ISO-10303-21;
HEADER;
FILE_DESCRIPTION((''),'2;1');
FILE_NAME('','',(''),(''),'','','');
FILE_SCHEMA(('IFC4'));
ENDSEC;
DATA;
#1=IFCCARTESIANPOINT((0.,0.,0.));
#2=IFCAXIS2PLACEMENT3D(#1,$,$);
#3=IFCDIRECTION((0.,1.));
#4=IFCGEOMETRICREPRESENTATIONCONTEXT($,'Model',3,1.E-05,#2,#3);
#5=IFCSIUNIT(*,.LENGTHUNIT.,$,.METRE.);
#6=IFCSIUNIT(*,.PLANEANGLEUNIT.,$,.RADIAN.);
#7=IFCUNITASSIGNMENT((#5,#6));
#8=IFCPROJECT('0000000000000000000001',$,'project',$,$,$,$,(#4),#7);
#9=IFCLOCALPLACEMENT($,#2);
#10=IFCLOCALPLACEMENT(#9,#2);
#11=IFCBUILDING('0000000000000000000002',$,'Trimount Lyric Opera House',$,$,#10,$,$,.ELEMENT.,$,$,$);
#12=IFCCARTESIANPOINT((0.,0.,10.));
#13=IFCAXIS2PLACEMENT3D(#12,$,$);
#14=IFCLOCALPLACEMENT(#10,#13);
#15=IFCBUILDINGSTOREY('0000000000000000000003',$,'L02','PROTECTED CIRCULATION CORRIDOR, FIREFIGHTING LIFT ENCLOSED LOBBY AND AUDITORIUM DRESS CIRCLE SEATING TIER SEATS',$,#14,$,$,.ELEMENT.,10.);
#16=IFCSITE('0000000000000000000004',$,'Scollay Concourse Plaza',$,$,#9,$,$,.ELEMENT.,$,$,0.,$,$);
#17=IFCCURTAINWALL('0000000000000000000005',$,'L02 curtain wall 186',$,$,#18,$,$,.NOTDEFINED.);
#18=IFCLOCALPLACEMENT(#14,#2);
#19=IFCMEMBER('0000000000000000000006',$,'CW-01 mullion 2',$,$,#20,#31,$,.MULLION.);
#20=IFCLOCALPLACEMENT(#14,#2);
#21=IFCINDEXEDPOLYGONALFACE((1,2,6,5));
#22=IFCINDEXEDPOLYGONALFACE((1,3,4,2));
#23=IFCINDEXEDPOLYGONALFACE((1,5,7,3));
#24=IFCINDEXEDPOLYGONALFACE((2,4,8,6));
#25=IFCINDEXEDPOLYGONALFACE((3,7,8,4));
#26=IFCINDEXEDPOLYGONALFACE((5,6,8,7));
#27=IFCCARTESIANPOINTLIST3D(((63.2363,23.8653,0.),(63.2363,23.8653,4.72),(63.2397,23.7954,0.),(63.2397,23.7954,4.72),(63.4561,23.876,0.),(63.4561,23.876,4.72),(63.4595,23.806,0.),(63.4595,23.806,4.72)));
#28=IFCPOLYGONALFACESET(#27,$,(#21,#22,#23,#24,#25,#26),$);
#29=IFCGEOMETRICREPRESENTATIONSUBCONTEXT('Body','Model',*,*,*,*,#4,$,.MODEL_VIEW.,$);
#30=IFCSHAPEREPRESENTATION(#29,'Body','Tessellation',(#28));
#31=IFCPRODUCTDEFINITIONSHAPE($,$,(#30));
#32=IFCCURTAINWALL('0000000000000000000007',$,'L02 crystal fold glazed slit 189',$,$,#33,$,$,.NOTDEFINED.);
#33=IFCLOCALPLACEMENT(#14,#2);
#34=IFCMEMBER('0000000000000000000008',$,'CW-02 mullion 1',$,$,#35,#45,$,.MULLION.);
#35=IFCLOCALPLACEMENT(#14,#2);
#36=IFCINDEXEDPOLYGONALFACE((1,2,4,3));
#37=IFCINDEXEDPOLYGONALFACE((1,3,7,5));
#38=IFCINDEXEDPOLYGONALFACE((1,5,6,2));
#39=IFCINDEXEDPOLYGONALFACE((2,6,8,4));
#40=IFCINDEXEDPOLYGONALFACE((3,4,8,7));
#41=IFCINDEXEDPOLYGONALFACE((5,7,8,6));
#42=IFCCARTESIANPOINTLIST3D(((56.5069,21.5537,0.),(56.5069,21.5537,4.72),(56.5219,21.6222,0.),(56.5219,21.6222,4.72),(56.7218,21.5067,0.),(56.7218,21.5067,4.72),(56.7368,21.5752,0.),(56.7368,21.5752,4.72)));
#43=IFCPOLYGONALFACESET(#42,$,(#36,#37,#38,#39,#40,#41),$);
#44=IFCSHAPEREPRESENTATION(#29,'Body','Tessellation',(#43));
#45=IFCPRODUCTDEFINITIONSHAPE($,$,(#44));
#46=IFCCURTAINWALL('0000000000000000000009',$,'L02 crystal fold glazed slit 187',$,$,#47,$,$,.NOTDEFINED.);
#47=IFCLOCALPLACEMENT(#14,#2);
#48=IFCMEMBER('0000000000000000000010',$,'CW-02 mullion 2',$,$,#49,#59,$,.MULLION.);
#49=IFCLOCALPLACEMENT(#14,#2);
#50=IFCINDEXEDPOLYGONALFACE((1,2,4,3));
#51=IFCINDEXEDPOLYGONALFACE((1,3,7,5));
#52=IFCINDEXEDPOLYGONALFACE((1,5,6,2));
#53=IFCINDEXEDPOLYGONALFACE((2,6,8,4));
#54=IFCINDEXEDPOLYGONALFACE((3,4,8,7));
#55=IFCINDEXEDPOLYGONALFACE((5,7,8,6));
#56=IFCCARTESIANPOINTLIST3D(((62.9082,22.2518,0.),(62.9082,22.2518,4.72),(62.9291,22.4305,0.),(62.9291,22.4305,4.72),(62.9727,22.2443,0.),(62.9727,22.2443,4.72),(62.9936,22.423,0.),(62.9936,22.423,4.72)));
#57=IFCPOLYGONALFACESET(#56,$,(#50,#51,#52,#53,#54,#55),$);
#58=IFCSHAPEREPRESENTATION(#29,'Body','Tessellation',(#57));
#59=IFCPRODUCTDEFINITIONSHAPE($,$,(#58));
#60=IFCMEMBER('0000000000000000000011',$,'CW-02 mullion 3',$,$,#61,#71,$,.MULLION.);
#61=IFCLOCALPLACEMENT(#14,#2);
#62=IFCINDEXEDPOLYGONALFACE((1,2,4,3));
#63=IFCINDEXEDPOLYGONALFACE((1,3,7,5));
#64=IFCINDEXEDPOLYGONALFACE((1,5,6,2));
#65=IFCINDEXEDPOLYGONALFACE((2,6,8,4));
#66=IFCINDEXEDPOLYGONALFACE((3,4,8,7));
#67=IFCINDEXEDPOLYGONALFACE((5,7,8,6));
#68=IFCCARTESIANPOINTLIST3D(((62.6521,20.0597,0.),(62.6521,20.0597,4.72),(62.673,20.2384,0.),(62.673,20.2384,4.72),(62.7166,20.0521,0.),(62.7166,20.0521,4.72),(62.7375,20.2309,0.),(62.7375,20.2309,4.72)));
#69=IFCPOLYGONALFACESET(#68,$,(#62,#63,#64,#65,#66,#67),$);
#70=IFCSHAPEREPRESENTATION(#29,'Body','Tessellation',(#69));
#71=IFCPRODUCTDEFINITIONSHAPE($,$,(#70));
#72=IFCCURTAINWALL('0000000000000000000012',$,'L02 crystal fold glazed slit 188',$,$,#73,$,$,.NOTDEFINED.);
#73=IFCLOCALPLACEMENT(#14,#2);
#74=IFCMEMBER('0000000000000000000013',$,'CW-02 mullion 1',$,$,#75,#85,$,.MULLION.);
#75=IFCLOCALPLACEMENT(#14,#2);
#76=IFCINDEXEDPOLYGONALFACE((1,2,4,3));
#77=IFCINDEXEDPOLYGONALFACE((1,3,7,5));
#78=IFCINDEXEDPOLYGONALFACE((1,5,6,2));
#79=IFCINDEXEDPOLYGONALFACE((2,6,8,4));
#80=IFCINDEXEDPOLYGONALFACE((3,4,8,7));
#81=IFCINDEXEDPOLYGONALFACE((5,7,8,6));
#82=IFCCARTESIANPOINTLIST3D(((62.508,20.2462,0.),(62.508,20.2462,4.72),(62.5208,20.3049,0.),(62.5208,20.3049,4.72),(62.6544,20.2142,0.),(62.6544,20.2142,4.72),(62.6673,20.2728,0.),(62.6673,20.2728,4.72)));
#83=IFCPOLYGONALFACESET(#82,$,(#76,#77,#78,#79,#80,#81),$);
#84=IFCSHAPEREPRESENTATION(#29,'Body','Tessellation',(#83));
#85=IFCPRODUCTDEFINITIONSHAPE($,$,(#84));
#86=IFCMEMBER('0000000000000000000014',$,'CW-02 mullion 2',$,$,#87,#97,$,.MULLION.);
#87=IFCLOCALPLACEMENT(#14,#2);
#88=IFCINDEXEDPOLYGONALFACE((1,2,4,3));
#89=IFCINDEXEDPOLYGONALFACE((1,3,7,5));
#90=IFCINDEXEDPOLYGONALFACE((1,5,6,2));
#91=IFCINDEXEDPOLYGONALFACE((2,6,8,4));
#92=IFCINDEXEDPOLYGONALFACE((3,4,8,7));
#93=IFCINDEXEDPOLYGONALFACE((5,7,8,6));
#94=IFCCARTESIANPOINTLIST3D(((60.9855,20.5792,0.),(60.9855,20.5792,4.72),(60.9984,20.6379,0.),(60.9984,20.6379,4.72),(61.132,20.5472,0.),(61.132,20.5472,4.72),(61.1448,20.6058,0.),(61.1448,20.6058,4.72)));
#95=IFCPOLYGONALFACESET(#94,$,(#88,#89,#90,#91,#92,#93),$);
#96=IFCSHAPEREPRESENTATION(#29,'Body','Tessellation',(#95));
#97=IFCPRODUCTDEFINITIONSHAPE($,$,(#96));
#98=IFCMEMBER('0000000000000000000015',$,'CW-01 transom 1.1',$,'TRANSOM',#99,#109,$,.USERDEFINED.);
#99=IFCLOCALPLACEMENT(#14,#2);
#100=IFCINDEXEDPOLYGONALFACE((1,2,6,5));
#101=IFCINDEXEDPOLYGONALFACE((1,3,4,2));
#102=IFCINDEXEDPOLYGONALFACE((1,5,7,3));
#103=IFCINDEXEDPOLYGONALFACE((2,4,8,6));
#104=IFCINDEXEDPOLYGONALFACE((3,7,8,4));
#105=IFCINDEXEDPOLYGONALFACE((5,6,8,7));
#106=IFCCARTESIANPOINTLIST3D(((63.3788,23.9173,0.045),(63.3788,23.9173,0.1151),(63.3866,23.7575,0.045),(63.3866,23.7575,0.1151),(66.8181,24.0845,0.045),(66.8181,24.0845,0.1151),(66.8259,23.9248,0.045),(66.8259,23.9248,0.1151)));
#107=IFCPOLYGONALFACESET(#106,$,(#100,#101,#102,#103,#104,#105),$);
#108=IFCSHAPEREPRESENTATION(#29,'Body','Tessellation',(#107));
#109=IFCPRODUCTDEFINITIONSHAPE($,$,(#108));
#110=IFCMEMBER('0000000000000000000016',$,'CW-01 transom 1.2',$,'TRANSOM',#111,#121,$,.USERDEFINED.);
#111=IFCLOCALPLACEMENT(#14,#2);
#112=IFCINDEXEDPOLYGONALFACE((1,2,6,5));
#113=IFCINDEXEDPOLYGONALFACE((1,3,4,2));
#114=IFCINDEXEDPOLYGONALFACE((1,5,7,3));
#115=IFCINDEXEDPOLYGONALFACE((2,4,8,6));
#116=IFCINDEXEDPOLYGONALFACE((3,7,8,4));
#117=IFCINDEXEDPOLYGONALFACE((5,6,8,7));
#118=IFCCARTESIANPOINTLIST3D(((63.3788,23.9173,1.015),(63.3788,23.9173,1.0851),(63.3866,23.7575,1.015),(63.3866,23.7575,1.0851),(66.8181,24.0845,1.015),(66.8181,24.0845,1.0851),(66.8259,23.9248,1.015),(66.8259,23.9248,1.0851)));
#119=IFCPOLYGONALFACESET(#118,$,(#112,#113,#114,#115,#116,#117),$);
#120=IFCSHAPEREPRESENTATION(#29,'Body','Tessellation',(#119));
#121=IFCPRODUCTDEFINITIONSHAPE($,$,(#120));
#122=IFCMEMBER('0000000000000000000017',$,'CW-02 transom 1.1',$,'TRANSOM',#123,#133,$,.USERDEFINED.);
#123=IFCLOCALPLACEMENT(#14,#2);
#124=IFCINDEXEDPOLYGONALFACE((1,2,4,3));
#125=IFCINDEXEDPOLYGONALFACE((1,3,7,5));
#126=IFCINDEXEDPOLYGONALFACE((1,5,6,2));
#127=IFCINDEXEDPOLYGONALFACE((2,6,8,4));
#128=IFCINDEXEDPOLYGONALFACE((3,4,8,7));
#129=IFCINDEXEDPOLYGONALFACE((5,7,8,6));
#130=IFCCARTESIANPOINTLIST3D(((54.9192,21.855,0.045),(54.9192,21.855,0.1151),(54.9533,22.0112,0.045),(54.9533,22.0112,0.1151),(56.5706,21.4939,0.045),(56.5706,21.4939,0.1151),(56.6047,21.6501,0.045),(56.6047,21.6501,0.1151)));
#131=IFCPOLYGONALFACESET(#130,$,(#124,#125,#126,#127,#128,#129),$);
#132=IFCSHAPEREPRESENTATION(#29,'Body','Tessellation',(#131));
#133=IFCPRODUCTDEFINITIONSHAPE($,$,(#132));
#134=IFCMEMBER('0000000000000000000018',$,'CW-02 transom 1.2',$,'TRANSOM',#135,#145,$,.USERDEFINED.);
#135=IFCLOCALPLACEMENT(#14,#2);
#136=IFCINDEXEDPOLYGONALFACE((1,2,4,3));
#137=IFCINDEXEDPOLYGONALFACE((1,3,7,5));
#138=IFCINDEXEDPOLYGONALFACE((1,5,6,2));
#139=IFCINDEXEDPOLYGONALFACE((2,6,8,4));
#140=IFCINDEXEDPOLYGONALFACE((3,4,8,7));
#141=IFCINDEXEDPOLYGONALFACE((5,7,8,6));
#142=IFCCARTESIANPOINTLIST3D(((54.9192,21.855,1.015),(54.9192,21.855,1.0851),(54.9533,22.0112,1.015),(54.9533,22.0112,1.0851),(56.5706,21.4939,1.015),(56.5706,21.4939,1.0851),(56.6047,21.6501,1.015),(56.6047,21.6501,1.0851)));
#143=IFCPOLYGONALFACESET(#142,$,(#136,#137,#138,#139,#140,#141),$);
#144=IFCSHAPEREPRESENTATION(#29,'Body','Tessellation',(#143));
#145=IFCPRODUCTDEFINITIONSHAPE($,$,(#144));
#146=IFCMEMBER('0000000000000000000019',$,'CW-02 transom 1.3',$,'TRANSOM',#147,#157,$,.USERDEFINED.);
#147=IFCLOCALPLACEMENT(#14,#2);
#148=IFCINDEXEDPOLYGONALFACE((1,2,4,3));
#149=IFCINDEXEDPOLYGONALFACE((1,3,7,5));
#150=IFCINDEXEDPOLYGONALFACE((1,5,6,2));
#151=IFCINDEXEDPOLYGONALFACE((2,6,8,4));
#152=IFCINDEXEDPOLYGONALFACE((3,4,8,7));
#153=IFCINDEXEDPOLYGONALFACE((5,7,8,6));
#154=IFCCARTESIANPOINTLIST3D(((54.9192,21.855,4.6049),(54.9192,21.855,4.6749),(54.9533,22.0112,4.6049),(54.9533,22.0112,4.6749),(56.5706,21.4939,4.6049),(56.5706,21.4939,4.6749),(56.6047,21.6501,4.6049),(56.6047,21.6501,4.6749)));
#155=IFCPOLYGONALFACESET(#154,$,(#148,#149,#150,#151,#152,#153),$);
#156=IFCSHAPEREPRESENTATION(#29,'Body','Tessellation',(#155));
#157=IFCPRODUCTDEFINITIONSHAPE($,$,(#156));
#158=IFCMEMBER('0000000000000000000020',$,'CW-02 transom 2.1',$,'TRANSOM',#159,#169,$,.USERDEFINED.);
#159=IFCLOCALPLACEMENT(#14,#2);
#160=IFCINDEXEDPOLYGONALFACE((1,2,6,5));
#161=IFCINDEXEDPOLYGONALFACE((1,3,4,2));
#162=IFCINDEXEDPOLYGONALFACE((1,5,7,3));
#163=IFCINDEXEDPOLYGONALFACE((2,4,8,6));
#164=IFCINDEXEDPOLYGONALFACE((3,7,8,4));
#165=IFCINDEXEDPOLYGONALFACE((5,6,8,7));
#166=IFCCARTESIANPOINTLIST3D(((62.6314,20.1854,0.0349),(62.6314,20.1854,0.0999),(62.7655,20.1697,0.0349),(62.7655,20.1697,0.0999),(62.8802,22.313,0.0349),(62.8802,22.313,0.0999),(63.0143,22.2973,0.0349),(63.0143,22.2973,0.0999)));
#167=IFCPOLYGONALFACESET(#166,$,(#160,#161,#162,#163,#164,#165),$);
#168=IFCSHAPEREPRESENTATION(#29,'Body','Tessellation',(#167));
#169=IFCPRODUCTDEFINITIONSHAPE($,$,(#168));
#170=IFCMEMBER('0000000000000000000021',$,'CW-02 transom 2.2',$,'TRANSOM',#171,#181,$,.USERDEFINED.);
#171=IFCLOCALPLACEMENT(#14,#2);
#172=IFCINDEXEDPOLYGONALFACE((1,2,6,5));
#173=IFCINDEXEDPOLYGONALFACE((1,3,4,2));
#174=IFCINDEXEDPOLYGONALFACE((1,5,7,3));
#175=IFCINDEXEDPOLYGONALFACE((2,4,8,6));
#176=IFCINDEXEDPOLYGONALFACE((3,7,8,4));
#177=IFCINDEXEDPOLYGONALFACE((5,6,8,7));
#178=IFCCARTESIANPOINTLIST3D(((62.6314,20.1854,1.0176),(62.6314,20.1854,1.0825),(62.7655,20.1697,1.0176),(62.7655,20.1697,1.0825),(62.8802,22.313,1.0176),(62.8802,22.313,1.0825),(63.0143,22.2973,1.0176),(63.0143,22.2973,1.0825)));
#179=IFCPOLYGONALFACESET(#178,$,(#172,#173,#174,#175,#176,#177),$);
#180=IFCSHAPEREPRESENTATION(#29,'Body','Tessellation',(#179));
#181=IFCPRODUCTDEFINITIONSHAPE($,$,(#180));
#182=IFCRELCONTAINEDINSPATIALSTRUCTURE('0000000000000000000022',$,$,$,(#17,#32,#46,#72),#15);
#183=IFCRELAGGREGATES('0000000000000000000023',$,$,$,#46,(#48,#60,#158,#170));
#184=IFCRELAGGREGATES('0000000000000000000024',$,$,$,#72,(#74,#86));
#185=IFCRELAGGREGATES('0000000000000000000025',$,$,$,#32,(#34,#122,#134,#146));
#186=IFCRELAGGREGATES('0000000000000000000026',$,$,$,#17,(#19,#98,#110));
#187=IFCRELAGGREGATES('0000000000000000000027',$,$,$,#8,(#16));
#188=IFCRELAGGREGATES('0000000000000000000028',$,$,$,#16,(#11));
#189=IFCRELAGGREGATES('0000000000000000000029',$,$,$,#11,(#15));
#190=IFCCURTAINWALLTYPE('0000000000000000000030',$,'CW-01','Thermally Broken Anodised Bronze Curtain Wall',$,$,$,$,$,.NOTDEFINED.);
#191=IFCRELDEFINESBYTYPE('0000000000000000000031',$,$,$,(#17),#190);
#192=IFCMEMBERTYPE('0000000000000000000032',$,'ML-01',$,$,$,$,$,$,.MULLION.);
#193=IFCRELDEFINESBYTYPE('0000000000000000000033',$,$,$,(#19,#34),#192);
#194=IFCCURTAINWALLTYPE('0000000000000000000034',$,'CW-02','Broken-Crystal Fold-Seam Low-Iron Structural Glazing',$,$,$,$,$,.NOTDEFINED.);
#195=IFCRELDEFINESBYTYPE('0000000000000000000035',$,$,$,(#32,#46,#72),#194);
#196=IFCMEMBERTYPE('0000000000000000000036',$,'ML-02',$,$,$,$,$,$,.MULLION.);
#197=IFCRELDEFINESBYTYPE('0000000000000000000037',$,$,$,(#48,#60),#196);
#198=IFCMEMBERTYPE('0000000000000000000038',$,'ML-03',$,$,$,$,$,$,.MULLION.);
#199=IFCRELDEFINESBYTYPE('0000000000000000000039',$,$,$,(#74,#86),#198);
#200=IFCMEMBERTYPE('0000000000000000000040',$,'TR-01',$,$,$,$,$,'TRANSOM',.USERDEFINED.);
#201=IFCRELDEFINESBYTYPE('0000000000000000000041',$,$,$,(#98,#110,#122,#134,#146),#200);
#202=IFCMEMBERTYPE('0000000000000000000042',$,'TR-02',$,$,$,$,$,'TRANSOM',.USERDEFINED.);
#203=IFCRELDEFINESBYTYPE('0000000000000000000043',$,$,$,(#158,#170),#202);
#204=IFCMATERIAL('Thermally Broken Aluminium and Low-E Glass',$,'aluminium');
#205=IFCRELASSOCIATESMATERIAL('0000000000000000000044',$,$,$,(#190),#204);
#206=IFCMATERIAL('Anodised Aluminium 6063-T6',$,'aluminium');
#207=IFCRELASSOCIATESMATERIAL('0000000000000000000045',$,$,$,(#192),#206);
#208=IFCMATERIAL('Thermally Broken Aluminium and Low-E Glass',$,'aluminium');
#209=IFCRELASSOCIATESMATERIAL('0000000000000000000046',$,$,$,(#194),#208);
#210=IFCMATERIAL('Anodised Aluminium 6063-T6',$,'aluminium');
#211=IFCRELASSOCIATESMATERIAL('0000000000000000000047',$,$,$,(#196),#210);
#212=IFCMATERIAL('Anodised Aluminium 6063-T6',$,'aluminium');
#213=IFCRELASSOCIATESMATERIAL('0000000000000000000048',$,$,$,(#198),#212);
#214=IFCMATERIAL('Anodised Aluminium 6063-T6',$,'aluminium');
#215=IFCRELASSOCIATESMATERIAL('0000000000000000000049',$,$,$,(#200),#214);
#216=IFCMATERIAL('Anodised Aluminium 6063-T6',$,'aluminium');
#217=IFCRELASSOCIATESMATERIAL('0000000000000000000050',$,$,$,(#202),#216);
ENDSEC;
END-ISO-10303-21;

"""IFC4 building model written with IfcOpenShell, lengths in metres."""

from ifc_helpers import new_model, si_unit, direction, frame, origin, origin_2d, place, context, subcontext, project, spatial, rectangle, extrude, material, material_profile, profile_set, type_object, element, aggregate, save


model = new_model("IFC4")

# Units and contexts
model_context = context("Model", 3, precision=1e-05, world=origin(), true_north=direction((0.0, 1.0)))
body_context = subcontext(model_context, "Body", "Model", "MODEL_VIEW")
ifc_project = project(units=[si_unit("LENGTHUNIT", "METRE"), si_unit("PLANEANGLEUNIT", "RADIAN")], contexts=[model_context])

# Site, building, storey
site_placement = place(None, origin())
site = spatial("IfcSite", under=ifc_project, at=site_placement, Name="Scollay Concourse Plaza", CompositionType="ELEMENT", RefElevation=0.0)
building_placement = place(site_placement, origin())
building = spatial("IfcBuilding", under=site, at=building_placement, Name="Trimount Lyric Opera House", CompositionType="ELEMENT")
storey_placement = place(building_placement, frame((0.0, 0.0, 10.0)))
storey = spatial("IfcBuildingStorey", under=building, at=storey_placement, Name="L02", Description="PROTECTED CIRCULATION CORRIDOR, FIREFIGHTING LIFT ENCLOSED LOBBY AND AUDITORIUM DRESS CIRCLE SEATING TIER SEATS", CompositionType="ELEMENT", Elevation=10.0)

# Curtain walls, members
ifc_material_1 = material(Name="Thermally Broken Aluminium and Low-E Glass", Category="aluminium")
curtain_wall_type_1 = type_object("IfcCurtainWallType", Name="CW-01", Description="Thermally Broken Anodised Bronze Curtain Wall", PredefinedType="NOTDEFINED", material=ifc_material_1)
curtain_wall_1_placement = place(storey_placement, origin())
curtain_wall_1 = element("IfcCurtainWall", 1, at=curtain_wall_1_placement, inside=storey, type_object=curtain_wall_type_1, Name="L02 curtain wall 186", PredefinedType="NOTDEFINED")
ifc_material_2 = material(Name="Anodised Aluminium 6063-T6", Category="aluminium")
ifc_material_profile_1 = material_profile(ifc_material_2, rectangle(XDim=0.0701, YDim=0.22, at=origin_2d()), Name="ALU-MULL-70X220")
ifc_profile_set_1 = profile_set([ifc_material_profile_1], Name="Anodised Aluminium 6063-T6")
member_type_1 = type_object("IfcMemberType", Name="ML-01", PredefinedType="MULLION", material=ifc_profile_set_1)
member_1_placement = place(storey_placement, frame((63.3479, 23.8357, 0.0), z_axis=(0.0, 0.0, 1.0), x_axis=(0.04856, -0.99882, 0.0)))
member_1 = element("IfcMember", 2, at=member_1_placement, type_object=member_type_1, Name="CW-01 mullion 2", PredefinedType="MULLION", context=body_context, shape_type="SweptSolid", body=[
    extrude(rectangle(XDim=0.0701, YDim=0.22, at=origin_2d()), origin(), (0.0, 0.0, 1.0), 4.72),
])
ifc_material_3 = material(Name="Thermally Broken Aluminium and Low-E Glass", Category="aluminium")
curtain_wall_type_2 = type_object("IfcCurtainWallType", Name="CW-02", Description="Broken-Crystal Fold-Seam Low-Iron Structural Glazing", PredefinedType="NOTDEFINED", material=ifc_material_3)
curtain_wall_2_placement = place(storey_placement, origin())
curtain_wall_2 = element("IfcCurtainWall", 3, at=curtain_wall_2_placement, inside=storey, type_object=curtain_wall_type_2, Name="L02 crystal fold glazed slit 189", PredefinedType="NOTDEFINED")
member_2_placement = place(storey_placement, frame((56.6218, 21.5645, 0.0), z_axis=(0.0, 0.0, 1.0), x_axis=(-0.213632, -0.976914, 0.0)))
member_2 = element("IfcMember", 4, at=member_2_placement, type_object=member_type_1, Name="CW-02 mullion 1", PredefinedType="MULLION", context=body_context, shape_type="SweptSolid", body=[
    extrude(rectangle(XDim=0.0701, YDim=0.22, at=origin_2d()), origin(), (0.0, 0.0, 1.0), 4.72),
])

# Curtain walls, members
curtain_wall_3_placement = place(storey_placement, origin())
curtain_wall_3 = element("IfcCurtainWall", 5, at=curtain_wall_3_placement, inside=storey, type_object=curtain_wall_type_2, Name="L02 crystal fold glazed slit 187", PredefinedType="NOTDEFINED")
ifc_material_4 = material(Name="Anodised Aluminium 6063-T6", Category="aluminium")
ifc_material_profile_2 = material_profile(ifc_material_4, rectangle(XDim=0.0649, YDim=0.1799, at=origin_2d()), Name="ALU-MULL-65X180")
ifc_profile_set_2 = profile_set([ifc_material_profile_2], Name="Anodised Aluminium 6063-T6")
member_type_2 = type_object("IfcMemberType", Name="ML-02", PredefinedType="MULLION", material=ifc_profile_set_2)
member_3_placement = place(storey_placement, frame((62.9509, 22.3374, 0.0), z_axis=(0.0, 0.0, 1.0), x_axis=(0.993239, -0.11609, 0.0)))
member_3 = element("IfcMember", 6, at=member_3_placement, type_object=member_type_2, Name="CW-02 mullion 2", PredefinedType="MULLION", context=body_context, shape_type="SweptSolid", body=[
    extrude(rectangle(XDim=0.0649, YDim=0.1799, at=origin_2d()), origin(), (0.0, 0.0, 1.0), 4.72),
])
member_4_placement = place(storey_placement, frame((62.6948, 20.1453, 0.0), z_axis=(0.0, 0.0, 1.0), x_axis=(0.993239, -0.11609, 0.0)))
member_4 = element("IfcMember", 7, at=member_4_placement, type_object=member_type_2, Name="CW-02 mullion 3", PredefinedType="MULLION", context=body_context, shape_type="SweptSolid", body=[
    extrude(rectangle(XDim=0.0649, YDim=0.1799, at=origin_2d()), origin(), (0.0, 0.0, 1.0), 4.72),
])
curtain_wall_4_placement = place(storey_placement, origin())
curtain_wall_4 = element("IfcCurtainWall", 8, at=curtain_wall_4_placement, inside=storey, type_object=curtain_wall_type_2, Name="L02 crystal fold glazed slit 188", PredefinedType="NOTDEFINED")
ifc_material_5 = material(Name="Anodised Aluminium 6063-T6", Category="aluminium")
ifc_material_profile_3 = material_profile(ifc_material_5, rectangle(XDim=0.0601, YDim=0.1499, at=origin_2d()), Name="ALU-MULL-60X150")
ifc_profile_set_3 = profile_set([ifc_material_profile_3], Name="Anodised Aluminium 6063-T6")
member_type_3 = type_object("IfcMemberType", Name="ML-03", PredefinedType="MULLION", material=ifc_profile_set_3)
member_5_placement = place(storey_placement, frame((62.5876, 20.2595, 0.0), z_axis=(0.0, 0.0, 1.0), x_axis=(-0.213789, -0.97688, 0.0)))
member_5 = element("IfcMember", 9, at=member_5_placement, type_object=member_type_3, Name="CW-02 mullion 1", PredefinedType="MULLION", context=body_context, shape_type="SweptSolid", body=[
    extrude(rectangle(XDim=0.0601, YDim=0.1499, at=origin_2d()), origin(), (0.0, 0.0, 1.0), 4.72),
])
member_6_placement = place(storey_placement, frame((61.0652, 20.5925, 0.0), z_axis=(0.0, 0.0, 1.0), x_axis=(-0.213789, -0.97688, 0.0)))
member_6 = element("IfcMember", 10, at=member_6_placement, type_object=member_type_3, Name="CW-02 mullion 2", PredefinedType="MULLION", context=body_context, shape_type="SweptSolid", body=[
    extrude(rectangle(XDim=0.0601, YDim=0.1499, at=origin_2d()), origin(), (0.0, 0.0, 1.0), 4.72),
])

# Members
ifc_material_6 = material(Name="Anodised Aluminium 6063-T6", Category="aluminium")
ifc_material_profile_4 = material_profile(ifc_material_6, rectangle(XDim=0.1599, YDim=0.0701, at=origin_2d()), Name="ALU-TRAN-70X160")
ifc_profile_set_4 = profile_set([ifc_material_profile_4], Name="Anodised Aluminium 6063-T6")
member_type_4 = type_object("IfcMemberType", Name="TR-01", ElementType="TRANSOM", PredefinedType="USERDEFINED", material=ifc_profile_set_4)
member_7_placement = place(storey_placement, frame((66.822, 24.0046, 0.0801), z_axis=(-0.99882, -0.048569, 0.0), x_axis=(0.048569, -0.99882, 0.0)))
member_7 = element("IfcMember", 11, at=member_7_placement, type_object=member_type_4, Name="CW-01 transom 1.1", ObjectType="TRANSOM", PredefinedType="USERDEFINED", context=body_context, shape_type="SweptSolid", body=[
    extrude(rectangle(XDim=0.1599, YDim=0.0701, at=origin_2d()), origin(), (0.0, 0.0, 1.0), 3.4434),
])
member_8_placement = place(storey_placement, frame((66.822, 24.0046, 1.05), z_axis=(-0.99882, -0.048569, 0.0), x_axis=(0.048569, -0.99882, 0.0)))
member_8 = element("IfcMember", 12, at=member_8_placement, type_object=member_type_4, Name="CW-01 transom 1.2", ObjectType="TRANSOM", PredefinedType="USERDEFINED", context=body_context, shape_type="SweptSolid", body=[
    extrude(rectangle(XDim=0.1599, YDim=0.0701, at=origin_2d()), origin(), (0.0, 0.0, 1.0), 3.4434),
])
member_9_placement = place(storey_placement, frame((56.5876, 21.572, 0.0801), z_axis=(-0.976919, 0.213611, 0.0), x_axis=(-0.213611, -0.976919, 0.0)))
member_9 = element("IfcMember", 13, at=member_9_placement, type_object=member_type_4, Name="CW-02 transom 1.1", ObjectType="TRANSOM", PredefinedType="USERDEFINED", context=body_context, shape_type="SweptSolid", body=[
    extrude(rectangle(XDim=0.1599, YDim=0.0701, at=origin_2d()), origin(), (0.0, 0.0, 1.0), 1.6904),
])
member_10_placement = place(storey_placement, frame((56.5876, 21.572, 1.05), z_axis=(-0.976919, 0.213611, 0.0), x_axis=(-0.213611, -0.976919, 0.0)))
member_10 = element("IfcMember", 14, at=member_10_placement, type_object=member_type_4, Name="CW-02 transom 1.2", ObjectType="TRANSOM", PredefinedType="USERDEFINED", context=body_context, shape_type="SweptSolid", body=[
    extrude(rectangle(XDim=0.1599, YDim=0.0701, at=origin_2d()), origin(), (0.0, 0.0, 1.0), 1.6904),
])
member_11_placement = place(storey_placement, frame((56.5876, 21.572, 4.6399), z_axis=(-0.976919, 0.213611, 0.0), x_axis=(-0.213611, -0.976919, 0.0)))
member_11 = element("IfcMember", 15, at=member_11_placement, type_object=member_type_4, Name="CW-02 transom 1.3", ObjectType="TRANSOM", PredefinedType="USERDEFINED", context=body_context, shape_type="SweptSolid", body=[
    extrude(rectangle(XDim=0.1599, YDim=0.0701, at=origin_2d()), origin(), (0.0, 0.0, 1.0), 1.6904),
])
ifc_material_7 = material(Name="Anodised Aluminium 6063-T6", Category="aluminium")
ifc_material_profile_5 = material_profile(ifc_material_7, rectangle(XDim=0.135, YDim=0.0649, at=origin_2d()), Name="ALU-TRAN-65X135")
ifc_profile_set_5 = profile_set([ifc_material_profile_5], Name="Anodised Aluminium 6063-T6")
member_type_5 = type_object("IfcMemberType", Name="TR-02", ElementType="TRANSOM", PredefinedType="USERDEFINED", material=ifc_profile_set_5)
member_12_placement = place(storey_placement, frame((62.9473, 22.3052, 0.0674), z_axis=(-0.116134, -0.993234, 0.0), x_axis=(0.993234, -0.116134, 0.0)))
member_12 = element("IfcMember", 16, at=member_12_placement, type_object=member_type_5, Name="CW-02 transom 2.1", ObjectType="TRANSOM", PredefinedType="USERDEFINED", context=body_context, shape_type="SweptSolid", body=[
    extrude(rectangle(XDim=0.135, YDim=0.0649, at=origin_2d()), origin(), (0.0, 0.0, 1.0), 2.1421),
])
member_13_placement = place(storey_placement, frame((62.9473, 22.3052, 1.05), z_axis=(-0.116134, -0.993234, 0.0), x_axis=(0.993234, -0.116134, 0.0)))
member_13 = element("IfcMember", 17, at=member_13_placement, type_object=member_type_5, Name="CW-02 transom 2.2", ObjectType="TRANSOM", PredefinedType="USERDEFINED", context=body_context, shape_type="SweptSolid", body=[
    extrude(rectangle(XDim=0.135, YDim=0.0649, at=origin_2d()), origin(), (0.0, 0.0, 1.0), 2.1421),
])

aggregate(curtain_wall_3, [member_3, member_4, member_12, member_13])
aggregate(curtain_wall_4, [member_5, member_6])
aggregate(curtain_wall_2, [member_2, member_9, member_10, member_11])
aggregate(curtain_wall_1, [member_1, member_7, member_8])

save(model, "model.ifc")
